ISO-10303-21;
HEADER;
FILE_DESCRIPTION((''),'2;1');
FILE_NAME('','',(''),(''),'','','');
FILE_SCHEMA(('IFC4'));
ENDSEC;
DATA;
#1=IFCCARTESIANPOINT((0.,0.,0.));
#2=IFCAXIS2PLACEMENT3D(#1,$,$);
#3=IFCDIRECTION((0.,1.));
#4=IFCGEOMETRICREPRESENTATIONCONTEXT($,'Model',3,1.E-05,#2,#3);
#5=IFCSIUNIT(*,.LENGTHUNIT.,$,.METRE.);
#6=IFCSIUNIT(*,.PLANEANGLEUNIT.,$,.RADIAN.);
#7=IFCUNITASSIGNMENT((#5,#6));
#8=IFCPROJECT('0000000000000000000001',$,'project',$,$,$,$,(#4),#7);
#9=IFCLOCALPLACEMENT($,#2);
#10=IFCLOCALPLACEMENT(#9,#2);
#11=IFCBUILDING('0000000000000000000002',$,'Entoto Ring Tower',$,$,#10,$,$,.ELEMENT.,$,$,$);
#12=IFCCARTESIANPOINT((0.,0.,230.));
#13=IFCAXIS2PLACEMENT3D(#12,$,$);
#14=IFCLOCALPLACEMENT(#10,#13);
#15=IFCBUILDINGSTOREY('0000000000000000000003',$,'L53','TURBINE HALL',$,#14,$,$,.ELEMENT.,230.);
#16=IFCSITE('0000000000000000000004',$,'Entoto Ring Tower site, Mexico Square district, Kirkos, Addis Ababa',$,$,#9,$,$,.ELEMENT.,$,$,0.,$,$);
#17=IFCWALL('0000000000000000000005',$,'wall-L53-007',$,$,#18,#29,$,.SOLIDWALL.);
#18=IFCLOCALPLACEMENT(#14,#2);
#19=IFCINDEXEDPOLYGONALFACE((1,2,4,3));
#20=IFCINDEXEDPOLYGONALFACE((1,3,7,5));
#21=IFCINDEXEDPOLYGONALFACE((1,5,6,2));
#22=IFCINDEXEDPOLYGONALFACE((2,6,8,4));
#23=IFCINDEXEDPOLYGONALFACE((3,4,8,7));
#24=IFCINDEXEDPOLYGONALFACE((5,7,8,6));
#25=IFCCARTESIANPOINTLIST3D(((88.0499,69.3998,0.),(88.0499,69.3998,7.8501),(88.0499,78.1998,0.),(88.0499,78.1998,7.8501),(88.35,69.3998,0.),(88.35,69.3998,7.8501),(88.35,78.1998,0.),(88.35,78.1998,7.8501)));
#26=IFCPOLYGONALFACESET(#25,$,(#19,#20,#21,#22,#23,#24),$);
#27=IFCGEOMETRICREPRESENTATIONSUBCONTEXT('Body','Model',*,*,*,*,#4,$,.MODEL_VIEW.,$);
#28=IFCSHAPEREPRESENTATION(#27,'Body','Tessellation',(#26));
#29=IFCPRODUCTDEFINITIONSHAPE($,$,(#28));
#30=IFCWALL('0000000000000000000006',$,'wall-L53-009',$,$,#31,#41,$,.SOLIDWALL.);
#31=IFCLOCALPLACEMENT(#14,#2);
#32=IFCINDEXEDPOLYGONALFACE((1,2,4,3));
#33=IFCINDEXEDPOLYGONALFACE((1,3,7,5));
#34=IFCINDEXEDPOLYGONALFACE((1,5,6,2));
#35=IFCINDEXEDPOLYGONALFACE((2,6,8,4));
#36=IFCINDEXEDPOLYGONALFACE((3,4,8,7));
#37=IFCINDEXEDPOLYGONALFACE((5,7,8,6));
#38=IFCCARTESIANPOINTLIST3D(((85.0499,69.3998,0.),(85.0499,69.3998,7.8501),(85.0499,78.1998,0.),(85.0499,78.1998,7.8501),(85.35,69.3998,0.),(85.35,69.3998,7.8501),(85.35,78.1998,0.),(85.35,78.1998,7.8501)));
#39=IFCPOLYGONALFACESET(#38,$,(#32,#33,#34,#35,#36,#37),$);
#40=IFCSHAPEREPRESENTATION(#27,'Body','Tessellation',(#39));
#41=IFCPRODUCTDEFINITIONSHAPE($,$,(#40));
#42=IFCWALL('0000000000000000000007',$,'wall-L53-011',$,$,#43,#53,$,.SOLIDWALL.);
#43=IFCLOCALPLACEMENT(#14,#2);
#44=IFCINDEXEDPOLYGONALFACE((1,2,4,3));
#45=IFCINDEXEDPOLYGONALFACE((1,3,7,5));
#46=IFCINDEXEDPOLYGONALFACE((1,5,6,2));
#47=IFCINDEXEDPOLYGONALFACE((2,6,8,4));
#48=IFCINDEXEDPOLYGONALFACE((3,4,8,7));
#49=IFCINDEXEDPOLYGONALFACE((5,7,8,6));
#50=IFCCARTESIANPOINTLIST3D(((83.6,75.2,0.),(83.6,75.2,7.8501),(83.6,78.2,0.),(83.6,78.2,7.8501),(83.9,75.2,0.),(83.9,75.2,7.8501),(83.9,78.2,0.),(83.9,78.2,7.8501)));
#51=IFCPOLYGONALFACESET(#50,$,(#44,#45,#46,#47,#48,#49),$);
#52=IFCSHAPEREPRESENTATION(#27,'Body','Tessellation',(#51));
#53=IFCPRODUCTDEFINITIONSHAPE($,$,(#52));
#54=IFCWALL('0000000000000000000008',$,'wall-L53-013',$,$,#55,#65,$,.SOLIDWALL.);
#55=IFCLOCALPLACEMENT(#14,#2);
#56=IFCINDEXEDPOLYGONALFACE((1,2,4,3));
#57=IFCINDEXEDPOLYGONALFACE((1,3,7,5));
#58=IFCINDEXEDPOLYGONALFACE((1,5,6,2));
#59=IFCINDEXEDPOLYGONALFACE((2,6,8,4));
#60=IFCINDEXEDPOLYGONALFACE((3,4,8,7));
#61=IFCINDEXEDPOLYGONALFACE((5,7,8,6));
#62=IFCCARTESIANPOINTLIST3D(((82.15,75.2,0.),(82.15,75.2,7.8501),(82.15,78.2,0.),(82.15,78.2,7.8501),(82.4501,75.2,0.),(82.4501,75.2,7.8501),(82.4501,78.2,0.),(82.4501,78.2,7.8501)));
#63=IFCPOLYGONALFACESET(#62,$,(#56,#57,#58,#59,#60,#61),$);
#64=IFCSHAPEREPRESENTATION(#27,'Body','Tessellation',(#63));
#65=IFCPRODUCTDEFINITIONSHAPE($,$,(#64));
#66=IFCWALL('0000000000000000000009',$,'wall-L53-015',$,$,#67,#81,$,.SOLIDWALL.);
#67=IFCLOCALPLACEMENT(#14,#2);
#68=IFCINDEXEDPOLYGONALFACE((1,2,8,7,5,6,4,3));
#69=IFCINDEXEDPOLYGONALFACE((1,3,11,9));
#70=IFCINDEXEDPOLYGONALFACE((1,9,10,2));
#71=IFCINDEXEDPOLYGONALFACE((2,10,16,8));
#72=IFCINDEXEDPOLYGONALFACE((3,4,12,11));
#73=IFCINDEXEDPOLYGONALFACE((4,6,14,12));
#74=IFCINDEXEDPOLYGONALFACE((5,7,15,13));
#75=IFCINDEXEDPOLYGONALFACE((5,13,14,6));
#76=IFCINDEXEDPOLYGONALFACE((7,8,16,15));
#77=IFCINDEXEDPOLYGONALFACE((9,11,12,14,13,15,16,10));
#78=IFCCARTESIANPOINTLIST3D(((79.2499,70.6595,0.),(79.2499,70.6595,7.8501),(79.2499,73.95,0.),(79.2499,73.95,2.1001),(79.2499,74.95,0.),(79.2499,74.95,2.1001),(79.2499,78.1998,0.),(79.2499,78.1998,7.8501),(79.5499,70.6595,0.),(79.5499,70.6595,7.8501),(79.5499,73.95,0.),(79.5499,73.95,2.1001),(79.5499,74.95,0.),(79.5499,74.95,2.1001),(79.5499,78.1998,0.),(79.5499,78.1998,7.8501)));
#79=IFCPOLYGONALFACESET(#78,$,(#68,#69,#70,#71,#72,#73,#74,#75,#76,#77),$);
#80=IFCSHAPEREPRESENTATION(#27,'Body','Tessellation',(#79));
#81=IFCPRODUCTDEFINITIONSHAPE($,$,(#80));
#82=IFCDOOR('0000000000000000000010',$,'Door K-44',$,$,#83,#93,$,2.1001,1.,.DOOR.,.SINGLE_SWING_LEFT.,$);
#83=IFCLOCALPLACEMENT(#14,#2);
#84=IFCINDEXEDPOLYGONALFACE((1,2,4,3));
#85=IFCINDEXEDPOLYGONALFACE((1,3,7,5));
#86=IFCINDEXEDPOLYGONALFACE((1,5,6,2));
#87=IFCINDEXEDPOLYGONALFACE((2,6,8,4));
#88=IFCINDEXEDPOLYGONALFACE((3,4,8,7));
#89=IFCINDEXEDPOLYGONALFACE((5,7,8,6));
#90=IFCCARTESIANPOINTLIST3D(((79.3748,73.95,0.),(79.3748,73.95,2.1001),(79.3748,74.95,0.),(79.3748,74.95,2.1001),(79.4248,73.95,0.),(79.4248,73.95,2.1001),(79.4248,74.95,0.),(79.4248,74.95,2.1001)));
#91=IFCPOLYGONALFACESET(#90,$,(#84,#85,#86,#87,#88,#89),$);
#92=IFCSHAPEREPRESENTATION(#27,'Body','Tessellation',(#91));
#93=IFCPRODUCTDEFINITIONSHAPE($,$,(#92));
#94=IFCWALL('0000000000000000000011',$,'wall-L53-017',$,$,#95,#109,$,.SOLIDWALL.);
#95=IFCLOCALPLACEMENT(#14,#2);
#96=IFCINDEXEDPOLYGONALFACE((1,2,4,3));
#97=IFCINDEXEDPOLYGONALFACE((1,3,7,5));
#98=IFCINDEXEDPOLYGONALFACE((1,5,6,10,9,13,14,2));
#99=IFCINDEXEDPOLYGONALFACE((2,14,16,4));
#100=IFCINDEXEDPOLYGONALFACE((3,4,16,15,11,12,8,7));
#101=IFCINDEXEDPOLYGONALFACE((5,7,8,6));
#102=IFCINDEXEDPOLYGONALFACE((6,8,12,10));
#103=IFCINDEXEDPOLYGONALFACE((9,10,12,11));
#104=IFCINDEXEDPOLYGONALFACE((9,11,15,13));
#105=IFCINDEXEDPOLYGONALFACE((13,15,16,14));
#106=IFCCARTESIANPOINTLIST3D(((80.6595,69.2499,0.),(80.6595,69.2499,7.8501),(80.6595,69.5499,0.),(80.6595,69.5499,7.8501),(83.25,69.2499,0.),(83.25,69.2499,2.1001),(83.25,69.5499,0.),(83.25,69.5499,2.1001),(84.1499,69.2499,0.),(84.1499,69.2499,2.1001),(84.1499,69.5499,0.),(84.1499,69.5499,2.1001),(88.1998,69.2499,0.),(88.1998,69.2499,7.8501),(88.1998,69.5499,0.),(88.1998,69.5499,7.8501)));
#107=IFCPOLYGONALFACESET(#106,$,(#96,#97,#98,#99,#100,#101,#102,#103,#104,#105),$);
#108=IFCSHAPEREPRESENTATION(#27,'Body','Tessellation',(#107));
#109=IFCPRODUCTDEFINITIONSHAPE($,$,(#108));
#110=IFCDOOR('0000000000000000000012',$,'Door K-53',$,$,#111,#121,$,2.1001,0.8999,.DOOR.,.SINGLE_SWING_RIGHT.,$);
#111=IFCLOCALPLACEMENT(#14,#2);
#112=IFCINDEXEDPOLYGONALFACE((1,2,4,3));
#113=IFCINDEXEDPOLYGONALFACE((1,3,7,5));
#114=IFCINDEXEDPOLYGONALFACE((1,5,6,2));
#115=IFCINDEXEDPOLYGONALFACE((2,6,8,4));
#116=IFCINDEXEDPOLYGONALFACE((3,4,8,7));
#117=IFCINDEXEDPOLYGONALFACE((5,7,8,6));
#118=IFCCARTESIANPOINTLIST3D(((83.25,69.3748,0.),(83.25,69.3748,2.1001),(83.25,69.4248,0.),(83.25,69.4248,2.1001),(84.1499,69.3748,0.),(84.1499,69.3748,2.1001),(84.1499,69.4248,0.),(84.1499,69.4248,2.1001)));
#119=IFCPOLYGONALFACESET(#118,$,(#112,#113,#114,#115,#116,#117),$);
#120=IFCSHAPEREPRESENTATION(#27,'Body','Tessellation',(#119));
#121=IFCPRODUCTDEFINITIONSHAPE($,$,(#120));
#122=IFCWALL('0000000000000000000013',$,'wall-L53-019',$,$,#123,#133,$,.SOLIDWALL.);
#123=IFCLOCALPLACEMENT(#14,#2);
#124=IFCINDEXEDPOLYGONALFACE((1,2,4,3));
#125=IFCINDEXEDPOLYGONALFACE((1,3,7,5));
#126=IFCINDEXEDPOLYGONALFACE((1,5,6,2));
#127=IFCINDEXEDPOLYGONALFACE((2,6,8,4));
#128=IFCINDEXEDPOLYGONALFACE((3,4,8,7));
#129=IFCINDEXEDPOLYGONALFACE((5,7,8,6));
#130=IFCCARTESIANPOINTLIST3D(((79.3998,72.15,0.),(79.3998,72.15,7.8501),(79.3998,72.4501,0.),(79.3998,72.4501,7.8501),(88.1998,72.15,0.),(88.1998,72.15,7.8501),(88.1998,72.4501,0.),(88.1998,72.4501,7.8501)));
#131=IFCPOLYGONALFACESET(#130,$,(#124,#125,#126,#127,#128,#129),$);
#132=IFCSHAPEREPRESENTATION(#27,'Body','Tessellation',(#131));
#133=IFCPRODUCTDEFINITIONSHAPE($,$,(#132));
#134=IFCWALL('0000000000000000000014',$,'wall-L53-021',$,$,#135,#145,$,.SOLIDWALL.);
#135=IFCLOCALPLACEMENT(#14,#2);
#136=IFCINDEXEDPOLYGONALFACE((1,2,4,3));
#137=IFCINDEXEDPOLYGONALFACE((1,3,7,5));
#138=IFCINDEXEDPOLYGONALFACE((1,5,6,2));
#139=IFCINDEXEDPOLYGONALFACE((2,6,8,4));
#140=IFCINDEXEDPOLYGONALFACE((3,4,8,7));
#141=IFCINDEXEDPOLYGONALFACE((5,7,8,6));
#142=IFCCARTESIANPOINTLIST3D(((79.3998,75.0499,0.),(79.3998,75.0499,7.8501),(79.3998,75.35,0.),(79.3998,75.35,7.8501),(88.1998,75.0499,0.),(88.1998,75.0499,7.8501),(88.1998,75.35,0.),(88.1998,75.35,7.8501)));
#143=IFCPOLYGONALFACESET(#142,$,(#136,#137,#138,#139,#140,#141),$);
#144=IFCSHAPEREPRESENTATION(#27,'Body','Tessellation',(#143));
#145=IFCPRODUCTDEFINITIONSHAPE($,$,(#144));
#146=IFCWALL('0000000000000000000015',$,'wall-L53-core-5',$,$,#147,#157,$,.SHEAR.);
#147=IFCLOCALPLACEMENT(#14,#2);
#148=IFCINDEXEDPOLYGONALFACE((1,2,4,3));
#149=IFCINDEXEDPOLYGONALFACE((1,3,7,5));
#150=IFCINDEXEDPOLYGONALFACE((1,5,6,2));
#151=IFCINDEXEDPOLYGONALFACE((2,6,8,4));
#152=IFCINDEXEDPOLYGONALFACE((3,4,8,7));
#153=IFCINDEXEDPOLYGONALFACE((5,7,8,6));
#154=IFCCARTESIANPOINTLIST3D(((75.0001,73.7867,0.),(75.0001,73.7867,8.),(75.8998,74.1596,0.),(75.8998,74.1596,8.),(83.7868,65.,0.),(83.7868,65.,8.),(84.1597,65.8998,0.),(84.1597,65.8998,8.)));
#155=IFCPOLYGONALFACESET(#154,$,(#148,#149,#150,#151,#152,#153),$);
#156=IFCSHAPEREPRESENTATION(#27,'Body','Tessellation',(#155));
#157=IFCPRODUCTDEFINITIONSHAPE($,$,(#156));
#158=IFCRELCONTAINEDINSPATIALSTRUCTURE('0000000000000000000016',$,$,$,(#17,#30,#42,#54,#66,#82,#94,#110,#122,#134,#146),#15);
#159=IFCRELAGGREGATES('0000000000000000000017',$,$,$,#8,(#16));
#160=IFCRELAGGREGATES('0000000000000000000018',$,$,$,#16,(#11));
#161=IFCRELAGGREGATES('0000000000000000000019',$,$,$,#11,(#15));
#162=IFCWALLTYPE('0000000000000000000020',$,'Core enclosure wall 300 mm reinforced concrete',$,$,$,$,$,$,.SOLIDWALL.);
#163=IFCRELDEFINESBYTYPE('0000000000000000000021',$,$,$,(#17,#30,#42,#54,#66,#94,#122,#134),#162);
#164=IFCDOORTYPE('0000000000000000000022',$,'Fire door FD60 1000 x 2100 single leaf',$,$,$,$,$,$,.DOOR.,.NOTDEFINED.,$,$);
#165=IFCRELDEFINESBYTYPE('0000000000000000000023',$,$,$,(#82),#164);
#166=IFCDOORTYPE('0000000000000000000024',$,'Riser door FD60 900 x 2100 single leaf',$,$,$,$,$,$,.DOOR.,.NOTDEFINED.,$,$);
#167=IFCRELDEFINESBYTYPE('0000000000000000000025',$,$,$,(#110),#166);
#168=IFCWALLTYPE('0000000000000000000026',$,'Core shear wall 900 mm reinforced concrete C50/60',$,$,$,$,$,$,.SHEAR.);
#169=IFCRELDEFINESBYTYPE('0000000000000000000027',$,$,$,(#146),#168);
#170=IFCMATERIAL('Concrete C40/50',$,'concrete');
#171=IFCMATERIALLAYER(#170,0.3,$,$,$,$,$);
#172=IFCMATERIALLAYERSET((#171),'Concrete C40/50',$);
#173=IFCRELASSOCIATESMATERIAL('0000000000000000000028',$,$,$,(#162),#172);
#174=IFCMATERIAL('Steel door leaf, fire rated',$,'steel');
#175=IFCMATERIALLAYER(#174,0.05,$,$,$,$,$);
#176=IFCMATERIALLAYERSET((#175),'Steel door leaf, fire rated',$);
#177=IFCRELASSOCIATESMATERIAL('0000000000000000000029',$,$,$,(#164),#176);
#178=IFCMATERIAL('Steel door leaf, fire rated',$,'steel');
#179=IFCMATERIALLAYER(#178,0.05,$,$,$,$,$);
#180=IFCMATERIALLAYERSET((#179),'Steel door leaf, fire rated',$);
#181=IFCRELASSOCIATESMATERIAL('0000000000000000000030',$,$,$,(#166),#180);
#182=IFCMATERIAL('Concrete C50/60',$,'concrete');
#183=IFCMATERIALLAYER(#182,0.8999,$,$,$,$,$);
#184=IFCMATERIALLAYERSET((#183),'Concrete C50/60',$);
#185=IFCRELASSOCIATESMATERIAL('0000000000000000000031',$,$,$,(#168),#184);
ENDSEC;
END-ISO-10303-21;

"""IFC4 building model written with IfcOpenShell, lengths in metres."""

from ifc_helpers import new_model, si_unit, direction, frame, frame_2d, origin, place, context, subcontext, project, spatial, polyline, rectangle, outline, extrude, material, layer, layer_set, type_object, element, fill, save


model = new_model("IFC4")

# Units and contexts
model_context = context("Model", 3, precision=1e-05, world=origin(), true_north=direction((0.0, 1.0)))
body_context = subcontext(model_context, "Body", "Model", "MODEL_VIEW")
ifc_project = project(units=[si_unit("LENGTHUNIT", "METRE"), si_unit("PLANEANGLEUNIT", "RADIAN")], contexts=[model_context])

# Site, building, storey
site_placement = place(None, origin())
site = spatial("IfcSite", under=ifc_project, at=site_placement, Name="Entoto Ring Tower site, Mexico Square district, Kirkos, Addis Ababa", CompositionType="ELEMENT", RefElevation=0.0)
building_placement = place(site_placement, origin())
building = spatial("IfcBuilding", under=site, at=building_placement, Name="Entoto Ring Tower", CompositionType="ELEMENT")
storey_placement = place(building_placement, frame((0.0, 0.0, 230.0)))
storey = spatial("IfcBuildingStorey", under=building, at=storey_placement, Name="L53", Description="TURBINE HALL", CompositionType="ELEMENT", Elevation=230.0)

# Walls
ifc_material_1 = material(Name="Concrete C40/50", Category="concrete")
ifc_layer_1 = layer(ifc_material_1, 0.3)
ifc_layer_set_1 = layer_set([ifc_layer_1], Name="Concrete C40/50")
wall_type_1 = type_object("IfcWallType", Name="Core enclosure wall 300 mm reinforced concrete", PredefinedType="SOLIDWALL", material=ifc_layer_set_1)
for number, where, z_axis, x_axis, name in (
    (1, (88.2, 69.3999, 0.0), (0.0, 0.0, 1.0), (0.0, 1.0, 0.0), "wall-L53-007"),
    (2, (85.2, 69.3999, 0.0), (0.0, 0.0, 1.0), (0.0, 1.0, 0.0), "wall-L53-009"),
):
    element("IfcWall", number, at=place(storey_placement, frame(where, z_axis=z_axis, x_axis=x_axis)), inside=storey, type_object=wall_type_1, Name=name, PredefinedType="SOLIDWALL", context=body_context, shape_type="SweptSolid", body=[
        extrude(rectangle(XDim=8.8, YDim=0.3, at=frame_2d((4.3999, 0.0))), origin(), (0.0, 0.0, 1.0), 7.8501),
    ])
for number, where, z_axis, x_axis, name in (
    (3, (83.75, 75.2, 0.0), (0.0, 0.0, 1.0), (0.0, 1.0, 0.0), "wall-L53-011"),
    (4, (82.3, 75.2, 0.0), (0.0, 0.0, 1.0), (0.0, 1.0, 0.0), "wall-L53-013"),
):
    element("IfcWall", number, at=place(storey_placement, frame(where, z_axis=z_axis, x_axis=x_axis)), inside=storey, type_object=wall_type_1, Name=name, PredefinedType="SOLIDWALL", context=body_context, shape_type="SweptSolid", body=[
        extrude(rectangle(XDim=3.0, YDim=0.3, at=frame_2d((1.5, 0.0))), origin(), (0.0, 0.0, 1.0), 7.8501),
    ])

# Walls, openings, doors
wall_1_placement = place(storey_placement, frame((79.3999, 70.6597, 0.0), z_axis=(0.0, 0.0, 1.0), x_axis=(0.0, 1.0, 0.0)))
wall_1 = element("IfcWall", 5, at=wall_1_placement, inside=storey, type_object=wall_type_1, Name="wall-L53-015", PredefinedType="SOLIDWALL", context=body_context, shape_type="SweptSolid", body=[
    extrude(rectangle(XDim=7.5403, YDim=0.3, at=frame_2d((3.77, 0.0))), origin(), (0.0, 0.0, 1.0), 7.8501),
])
opening_1_placement = place(wall_1_placement, frame((3.2903, 0.0, 0.0)))
opening_1 = element("IfcOpeningElement", 6, at=opening_1_placement, cuts=wall_1, PredefinedType="OPENING", context=body_context, shape_type="SweptSolid", body=[
    extrude(rectangle(XDim=1.0, YDim=2.1001, at=frame_2d((0.5, 1.05))), frame((0.0, 0.1602, 0.0), z_axis=(0.0, -1.0, 0.0), x_axis=(1.0, 0.0, 0.0)), (0.0, 0.0, 1.0), 0.3201),
])
ifc_material_2 = material(Name="Steel door leaf, fire rated", Category="steel")
ifc_layer_2 = layer(ifc_material_2, 0.05)
ifc_layer_set_2 = layer_set([ifc_layer_2], Name="Steel door leaf, fire rated")
door_type_1 = type_object("IfcDoorType", Name="Fire door FD60 1000 x 2100 single leaf", OperationType="NOTDEFINED", PredefinedType="DOOR", material=ifc_layer_set_2)
door_1_placement = place(opening_1_placement, frame((1.0, 0.0, 0.0), z_axis=(0.0, 0.0, 1.0), x_axis=(-1.0, 0.0, 0.0)))
door_1 = element("IfcDoor", 7, at=door_1_placement, inside=storey, type_object=door_type_1, Name="Door K-44", OperationType="SINGLE_SWING_LEFT", OverallHeight=2.1001, OverallWidth=1.0, PredefinedType="DOOR", context=body_context, shape_type="SweptSolid", body=[
    extrude(rectangle(XDim=1.0, YDim=2.1001, at=frame_2d((0.5, 1.05))), frame((0.0, 0.0249, 0.0), z_axis=(0.0, -1.0, 0.0), x_axis=(1.0, 0.0, 0.0)), (0.0, 0.0, 1.0), 0.05),
])
fill(opening_1, door_1)
wall_2_placement = place(storey_placement, frame((80.6597, 69.3999, 0.0), z_axis=(0.0, 0.0, 1.0), x_axis=(1.0, 0.0, 0.0)))
wall_2 = element("IfcWall", 8, at=wall_2_placement, inside=storey, type_object=wall_type_1, Name="wall-L53-017", PredefinedType="SOLIDWALL", context=body_context, shape_type="SweptSolid", body=[
    extrude(rectangle(XDim=7.5403, YDim=0.3, at=frame_2d((3.77, 0.0))), origin(), (0.0, 0.0, 1.0), 7.8501),
])
opening_2_placement = place(wall_2_placement, frame((2.5903, 0.0, 0.0)))
opening_2 = element("IfcOpeningElement", 9, at=opening_2_placement, cuts=wall_2, PredefinedType="OPENING", context=body_context, shape_type="SweptSolid", body=[
    extrude(rectangle(XDim=0.8999, YDim=2.1001, at=frame_2d((0.45, 1.05))), frame((0.0, 0.1602, 0.0), z_axis=(0.0, -1.0, 0.0), x_axis=(1.0, 0.0, 0.0)), (0.0, 0.0, 1.0), 0.3201),
])
ifc_material_3 = material(Name="Steel door leaf, fire rated", Category="steel")
ifc_layer_3 = layer(ifc_material_3, 0.05)
ifc_layer_set_3 = layer_set([ifc_layer_3], Name="Steel door leaf, fire rated")
door_type_2 = type_object("IfcDoorType", Name="Riser door FD60 900 x 2100 single leaf", OperationType="NOTDEFINED", PredefinedType="DOOR", material=ifc_layer_set_3)
door_2_placement = place(opening_2_placement, origin())
door_2 = element("IfcDoor", 10, at=door_2_placement, inside=storey, type_object=door_type_2, Name="Door K-53", OperationType="SINGLE_SWING_RIGHT", OverallHeight=2.1001, OverallWidth=0.8999, PredefinedType="DOOR", context=body_context, shape_type="SweptSolid", body=[
    extrude(rectangle(XDim=0.8999, YDim=2.1001, at=frame_2d((0.45, 1.05))), frame((0.0, 0.0249, 0.0), z_axis=(0.0, -1.0, 0.0), x_axis=(1.0, 0.0, 0.0)), (0.0, 0.0, 1.0), 0.05),
])
fill(opening_2, door_2)

# Walls
for number, where, z_axis, x_axis, name in (
    (11, (79.3999, 72.3, 0.0), (0.0, 0.0, 1.0), (1.0, 0.0, 0.0), "wall-L53-019"),
    (12, (79.3999, 75.2, 0.0), (0.0, 0.0, 1.0), (1.0, 0.0, 0.0), "wall-L53-021"),
):
    element("IfcWall", number, at=place(storey_placement, frame(where, z_axis=z_axis, x_axis=x_axis)), inside=storey, type_object=wall_type_1, Name=name, PredefinedType="SOLIDWALL", context=body_context, shape_type="SweptSolid", body=[
        extrude(rectangle(XDim=8.8, YDim=0.3, at=frame_2d((4.3999, 0.0))), origin(), (0.0, 0.0, 1.0), 7.8501),
    ])
ifc_material_4 = material(Name="Concrete C50/60", Category="concrete")
ifc_layer_4 = layer(ifc_material_4, 0.8999)
ifc_layer_set_4 = layer_set([ifc_layer_4], Name="Concrete C50/60")
wall_type_2 = type_object("IfcWallType", Name="Core shear wall 900 mm reinforced concrete C50/60", PredefinedType="SHEAR", material=ifc_layer_set_4)
wall_3_placement = place(storey_placement, frame((75.45, 73.9731, 0.0), z_axis=(0.0, 0.0, 1.0), x_axis=(0.707107, -0.707107, 0.0)))
element("IfcWall", 13, at=wall_3_placement, inside=storey, type_object=wall_type_2, Name="wall-L53-core-5", PredefinedType="SHEAR", context=body_context, shape_type="SweptSolid", body=[
    extrude(outline(polyline([(-0.1863, -0.45), (12.24, -0.45), (11.8674, 0.45), (0.1863, 0.45), (-0.1863, -0.45)])), origin(), (0.0, 0.0, 1.0), 8.0),
])

save(model, "model.ifc")
